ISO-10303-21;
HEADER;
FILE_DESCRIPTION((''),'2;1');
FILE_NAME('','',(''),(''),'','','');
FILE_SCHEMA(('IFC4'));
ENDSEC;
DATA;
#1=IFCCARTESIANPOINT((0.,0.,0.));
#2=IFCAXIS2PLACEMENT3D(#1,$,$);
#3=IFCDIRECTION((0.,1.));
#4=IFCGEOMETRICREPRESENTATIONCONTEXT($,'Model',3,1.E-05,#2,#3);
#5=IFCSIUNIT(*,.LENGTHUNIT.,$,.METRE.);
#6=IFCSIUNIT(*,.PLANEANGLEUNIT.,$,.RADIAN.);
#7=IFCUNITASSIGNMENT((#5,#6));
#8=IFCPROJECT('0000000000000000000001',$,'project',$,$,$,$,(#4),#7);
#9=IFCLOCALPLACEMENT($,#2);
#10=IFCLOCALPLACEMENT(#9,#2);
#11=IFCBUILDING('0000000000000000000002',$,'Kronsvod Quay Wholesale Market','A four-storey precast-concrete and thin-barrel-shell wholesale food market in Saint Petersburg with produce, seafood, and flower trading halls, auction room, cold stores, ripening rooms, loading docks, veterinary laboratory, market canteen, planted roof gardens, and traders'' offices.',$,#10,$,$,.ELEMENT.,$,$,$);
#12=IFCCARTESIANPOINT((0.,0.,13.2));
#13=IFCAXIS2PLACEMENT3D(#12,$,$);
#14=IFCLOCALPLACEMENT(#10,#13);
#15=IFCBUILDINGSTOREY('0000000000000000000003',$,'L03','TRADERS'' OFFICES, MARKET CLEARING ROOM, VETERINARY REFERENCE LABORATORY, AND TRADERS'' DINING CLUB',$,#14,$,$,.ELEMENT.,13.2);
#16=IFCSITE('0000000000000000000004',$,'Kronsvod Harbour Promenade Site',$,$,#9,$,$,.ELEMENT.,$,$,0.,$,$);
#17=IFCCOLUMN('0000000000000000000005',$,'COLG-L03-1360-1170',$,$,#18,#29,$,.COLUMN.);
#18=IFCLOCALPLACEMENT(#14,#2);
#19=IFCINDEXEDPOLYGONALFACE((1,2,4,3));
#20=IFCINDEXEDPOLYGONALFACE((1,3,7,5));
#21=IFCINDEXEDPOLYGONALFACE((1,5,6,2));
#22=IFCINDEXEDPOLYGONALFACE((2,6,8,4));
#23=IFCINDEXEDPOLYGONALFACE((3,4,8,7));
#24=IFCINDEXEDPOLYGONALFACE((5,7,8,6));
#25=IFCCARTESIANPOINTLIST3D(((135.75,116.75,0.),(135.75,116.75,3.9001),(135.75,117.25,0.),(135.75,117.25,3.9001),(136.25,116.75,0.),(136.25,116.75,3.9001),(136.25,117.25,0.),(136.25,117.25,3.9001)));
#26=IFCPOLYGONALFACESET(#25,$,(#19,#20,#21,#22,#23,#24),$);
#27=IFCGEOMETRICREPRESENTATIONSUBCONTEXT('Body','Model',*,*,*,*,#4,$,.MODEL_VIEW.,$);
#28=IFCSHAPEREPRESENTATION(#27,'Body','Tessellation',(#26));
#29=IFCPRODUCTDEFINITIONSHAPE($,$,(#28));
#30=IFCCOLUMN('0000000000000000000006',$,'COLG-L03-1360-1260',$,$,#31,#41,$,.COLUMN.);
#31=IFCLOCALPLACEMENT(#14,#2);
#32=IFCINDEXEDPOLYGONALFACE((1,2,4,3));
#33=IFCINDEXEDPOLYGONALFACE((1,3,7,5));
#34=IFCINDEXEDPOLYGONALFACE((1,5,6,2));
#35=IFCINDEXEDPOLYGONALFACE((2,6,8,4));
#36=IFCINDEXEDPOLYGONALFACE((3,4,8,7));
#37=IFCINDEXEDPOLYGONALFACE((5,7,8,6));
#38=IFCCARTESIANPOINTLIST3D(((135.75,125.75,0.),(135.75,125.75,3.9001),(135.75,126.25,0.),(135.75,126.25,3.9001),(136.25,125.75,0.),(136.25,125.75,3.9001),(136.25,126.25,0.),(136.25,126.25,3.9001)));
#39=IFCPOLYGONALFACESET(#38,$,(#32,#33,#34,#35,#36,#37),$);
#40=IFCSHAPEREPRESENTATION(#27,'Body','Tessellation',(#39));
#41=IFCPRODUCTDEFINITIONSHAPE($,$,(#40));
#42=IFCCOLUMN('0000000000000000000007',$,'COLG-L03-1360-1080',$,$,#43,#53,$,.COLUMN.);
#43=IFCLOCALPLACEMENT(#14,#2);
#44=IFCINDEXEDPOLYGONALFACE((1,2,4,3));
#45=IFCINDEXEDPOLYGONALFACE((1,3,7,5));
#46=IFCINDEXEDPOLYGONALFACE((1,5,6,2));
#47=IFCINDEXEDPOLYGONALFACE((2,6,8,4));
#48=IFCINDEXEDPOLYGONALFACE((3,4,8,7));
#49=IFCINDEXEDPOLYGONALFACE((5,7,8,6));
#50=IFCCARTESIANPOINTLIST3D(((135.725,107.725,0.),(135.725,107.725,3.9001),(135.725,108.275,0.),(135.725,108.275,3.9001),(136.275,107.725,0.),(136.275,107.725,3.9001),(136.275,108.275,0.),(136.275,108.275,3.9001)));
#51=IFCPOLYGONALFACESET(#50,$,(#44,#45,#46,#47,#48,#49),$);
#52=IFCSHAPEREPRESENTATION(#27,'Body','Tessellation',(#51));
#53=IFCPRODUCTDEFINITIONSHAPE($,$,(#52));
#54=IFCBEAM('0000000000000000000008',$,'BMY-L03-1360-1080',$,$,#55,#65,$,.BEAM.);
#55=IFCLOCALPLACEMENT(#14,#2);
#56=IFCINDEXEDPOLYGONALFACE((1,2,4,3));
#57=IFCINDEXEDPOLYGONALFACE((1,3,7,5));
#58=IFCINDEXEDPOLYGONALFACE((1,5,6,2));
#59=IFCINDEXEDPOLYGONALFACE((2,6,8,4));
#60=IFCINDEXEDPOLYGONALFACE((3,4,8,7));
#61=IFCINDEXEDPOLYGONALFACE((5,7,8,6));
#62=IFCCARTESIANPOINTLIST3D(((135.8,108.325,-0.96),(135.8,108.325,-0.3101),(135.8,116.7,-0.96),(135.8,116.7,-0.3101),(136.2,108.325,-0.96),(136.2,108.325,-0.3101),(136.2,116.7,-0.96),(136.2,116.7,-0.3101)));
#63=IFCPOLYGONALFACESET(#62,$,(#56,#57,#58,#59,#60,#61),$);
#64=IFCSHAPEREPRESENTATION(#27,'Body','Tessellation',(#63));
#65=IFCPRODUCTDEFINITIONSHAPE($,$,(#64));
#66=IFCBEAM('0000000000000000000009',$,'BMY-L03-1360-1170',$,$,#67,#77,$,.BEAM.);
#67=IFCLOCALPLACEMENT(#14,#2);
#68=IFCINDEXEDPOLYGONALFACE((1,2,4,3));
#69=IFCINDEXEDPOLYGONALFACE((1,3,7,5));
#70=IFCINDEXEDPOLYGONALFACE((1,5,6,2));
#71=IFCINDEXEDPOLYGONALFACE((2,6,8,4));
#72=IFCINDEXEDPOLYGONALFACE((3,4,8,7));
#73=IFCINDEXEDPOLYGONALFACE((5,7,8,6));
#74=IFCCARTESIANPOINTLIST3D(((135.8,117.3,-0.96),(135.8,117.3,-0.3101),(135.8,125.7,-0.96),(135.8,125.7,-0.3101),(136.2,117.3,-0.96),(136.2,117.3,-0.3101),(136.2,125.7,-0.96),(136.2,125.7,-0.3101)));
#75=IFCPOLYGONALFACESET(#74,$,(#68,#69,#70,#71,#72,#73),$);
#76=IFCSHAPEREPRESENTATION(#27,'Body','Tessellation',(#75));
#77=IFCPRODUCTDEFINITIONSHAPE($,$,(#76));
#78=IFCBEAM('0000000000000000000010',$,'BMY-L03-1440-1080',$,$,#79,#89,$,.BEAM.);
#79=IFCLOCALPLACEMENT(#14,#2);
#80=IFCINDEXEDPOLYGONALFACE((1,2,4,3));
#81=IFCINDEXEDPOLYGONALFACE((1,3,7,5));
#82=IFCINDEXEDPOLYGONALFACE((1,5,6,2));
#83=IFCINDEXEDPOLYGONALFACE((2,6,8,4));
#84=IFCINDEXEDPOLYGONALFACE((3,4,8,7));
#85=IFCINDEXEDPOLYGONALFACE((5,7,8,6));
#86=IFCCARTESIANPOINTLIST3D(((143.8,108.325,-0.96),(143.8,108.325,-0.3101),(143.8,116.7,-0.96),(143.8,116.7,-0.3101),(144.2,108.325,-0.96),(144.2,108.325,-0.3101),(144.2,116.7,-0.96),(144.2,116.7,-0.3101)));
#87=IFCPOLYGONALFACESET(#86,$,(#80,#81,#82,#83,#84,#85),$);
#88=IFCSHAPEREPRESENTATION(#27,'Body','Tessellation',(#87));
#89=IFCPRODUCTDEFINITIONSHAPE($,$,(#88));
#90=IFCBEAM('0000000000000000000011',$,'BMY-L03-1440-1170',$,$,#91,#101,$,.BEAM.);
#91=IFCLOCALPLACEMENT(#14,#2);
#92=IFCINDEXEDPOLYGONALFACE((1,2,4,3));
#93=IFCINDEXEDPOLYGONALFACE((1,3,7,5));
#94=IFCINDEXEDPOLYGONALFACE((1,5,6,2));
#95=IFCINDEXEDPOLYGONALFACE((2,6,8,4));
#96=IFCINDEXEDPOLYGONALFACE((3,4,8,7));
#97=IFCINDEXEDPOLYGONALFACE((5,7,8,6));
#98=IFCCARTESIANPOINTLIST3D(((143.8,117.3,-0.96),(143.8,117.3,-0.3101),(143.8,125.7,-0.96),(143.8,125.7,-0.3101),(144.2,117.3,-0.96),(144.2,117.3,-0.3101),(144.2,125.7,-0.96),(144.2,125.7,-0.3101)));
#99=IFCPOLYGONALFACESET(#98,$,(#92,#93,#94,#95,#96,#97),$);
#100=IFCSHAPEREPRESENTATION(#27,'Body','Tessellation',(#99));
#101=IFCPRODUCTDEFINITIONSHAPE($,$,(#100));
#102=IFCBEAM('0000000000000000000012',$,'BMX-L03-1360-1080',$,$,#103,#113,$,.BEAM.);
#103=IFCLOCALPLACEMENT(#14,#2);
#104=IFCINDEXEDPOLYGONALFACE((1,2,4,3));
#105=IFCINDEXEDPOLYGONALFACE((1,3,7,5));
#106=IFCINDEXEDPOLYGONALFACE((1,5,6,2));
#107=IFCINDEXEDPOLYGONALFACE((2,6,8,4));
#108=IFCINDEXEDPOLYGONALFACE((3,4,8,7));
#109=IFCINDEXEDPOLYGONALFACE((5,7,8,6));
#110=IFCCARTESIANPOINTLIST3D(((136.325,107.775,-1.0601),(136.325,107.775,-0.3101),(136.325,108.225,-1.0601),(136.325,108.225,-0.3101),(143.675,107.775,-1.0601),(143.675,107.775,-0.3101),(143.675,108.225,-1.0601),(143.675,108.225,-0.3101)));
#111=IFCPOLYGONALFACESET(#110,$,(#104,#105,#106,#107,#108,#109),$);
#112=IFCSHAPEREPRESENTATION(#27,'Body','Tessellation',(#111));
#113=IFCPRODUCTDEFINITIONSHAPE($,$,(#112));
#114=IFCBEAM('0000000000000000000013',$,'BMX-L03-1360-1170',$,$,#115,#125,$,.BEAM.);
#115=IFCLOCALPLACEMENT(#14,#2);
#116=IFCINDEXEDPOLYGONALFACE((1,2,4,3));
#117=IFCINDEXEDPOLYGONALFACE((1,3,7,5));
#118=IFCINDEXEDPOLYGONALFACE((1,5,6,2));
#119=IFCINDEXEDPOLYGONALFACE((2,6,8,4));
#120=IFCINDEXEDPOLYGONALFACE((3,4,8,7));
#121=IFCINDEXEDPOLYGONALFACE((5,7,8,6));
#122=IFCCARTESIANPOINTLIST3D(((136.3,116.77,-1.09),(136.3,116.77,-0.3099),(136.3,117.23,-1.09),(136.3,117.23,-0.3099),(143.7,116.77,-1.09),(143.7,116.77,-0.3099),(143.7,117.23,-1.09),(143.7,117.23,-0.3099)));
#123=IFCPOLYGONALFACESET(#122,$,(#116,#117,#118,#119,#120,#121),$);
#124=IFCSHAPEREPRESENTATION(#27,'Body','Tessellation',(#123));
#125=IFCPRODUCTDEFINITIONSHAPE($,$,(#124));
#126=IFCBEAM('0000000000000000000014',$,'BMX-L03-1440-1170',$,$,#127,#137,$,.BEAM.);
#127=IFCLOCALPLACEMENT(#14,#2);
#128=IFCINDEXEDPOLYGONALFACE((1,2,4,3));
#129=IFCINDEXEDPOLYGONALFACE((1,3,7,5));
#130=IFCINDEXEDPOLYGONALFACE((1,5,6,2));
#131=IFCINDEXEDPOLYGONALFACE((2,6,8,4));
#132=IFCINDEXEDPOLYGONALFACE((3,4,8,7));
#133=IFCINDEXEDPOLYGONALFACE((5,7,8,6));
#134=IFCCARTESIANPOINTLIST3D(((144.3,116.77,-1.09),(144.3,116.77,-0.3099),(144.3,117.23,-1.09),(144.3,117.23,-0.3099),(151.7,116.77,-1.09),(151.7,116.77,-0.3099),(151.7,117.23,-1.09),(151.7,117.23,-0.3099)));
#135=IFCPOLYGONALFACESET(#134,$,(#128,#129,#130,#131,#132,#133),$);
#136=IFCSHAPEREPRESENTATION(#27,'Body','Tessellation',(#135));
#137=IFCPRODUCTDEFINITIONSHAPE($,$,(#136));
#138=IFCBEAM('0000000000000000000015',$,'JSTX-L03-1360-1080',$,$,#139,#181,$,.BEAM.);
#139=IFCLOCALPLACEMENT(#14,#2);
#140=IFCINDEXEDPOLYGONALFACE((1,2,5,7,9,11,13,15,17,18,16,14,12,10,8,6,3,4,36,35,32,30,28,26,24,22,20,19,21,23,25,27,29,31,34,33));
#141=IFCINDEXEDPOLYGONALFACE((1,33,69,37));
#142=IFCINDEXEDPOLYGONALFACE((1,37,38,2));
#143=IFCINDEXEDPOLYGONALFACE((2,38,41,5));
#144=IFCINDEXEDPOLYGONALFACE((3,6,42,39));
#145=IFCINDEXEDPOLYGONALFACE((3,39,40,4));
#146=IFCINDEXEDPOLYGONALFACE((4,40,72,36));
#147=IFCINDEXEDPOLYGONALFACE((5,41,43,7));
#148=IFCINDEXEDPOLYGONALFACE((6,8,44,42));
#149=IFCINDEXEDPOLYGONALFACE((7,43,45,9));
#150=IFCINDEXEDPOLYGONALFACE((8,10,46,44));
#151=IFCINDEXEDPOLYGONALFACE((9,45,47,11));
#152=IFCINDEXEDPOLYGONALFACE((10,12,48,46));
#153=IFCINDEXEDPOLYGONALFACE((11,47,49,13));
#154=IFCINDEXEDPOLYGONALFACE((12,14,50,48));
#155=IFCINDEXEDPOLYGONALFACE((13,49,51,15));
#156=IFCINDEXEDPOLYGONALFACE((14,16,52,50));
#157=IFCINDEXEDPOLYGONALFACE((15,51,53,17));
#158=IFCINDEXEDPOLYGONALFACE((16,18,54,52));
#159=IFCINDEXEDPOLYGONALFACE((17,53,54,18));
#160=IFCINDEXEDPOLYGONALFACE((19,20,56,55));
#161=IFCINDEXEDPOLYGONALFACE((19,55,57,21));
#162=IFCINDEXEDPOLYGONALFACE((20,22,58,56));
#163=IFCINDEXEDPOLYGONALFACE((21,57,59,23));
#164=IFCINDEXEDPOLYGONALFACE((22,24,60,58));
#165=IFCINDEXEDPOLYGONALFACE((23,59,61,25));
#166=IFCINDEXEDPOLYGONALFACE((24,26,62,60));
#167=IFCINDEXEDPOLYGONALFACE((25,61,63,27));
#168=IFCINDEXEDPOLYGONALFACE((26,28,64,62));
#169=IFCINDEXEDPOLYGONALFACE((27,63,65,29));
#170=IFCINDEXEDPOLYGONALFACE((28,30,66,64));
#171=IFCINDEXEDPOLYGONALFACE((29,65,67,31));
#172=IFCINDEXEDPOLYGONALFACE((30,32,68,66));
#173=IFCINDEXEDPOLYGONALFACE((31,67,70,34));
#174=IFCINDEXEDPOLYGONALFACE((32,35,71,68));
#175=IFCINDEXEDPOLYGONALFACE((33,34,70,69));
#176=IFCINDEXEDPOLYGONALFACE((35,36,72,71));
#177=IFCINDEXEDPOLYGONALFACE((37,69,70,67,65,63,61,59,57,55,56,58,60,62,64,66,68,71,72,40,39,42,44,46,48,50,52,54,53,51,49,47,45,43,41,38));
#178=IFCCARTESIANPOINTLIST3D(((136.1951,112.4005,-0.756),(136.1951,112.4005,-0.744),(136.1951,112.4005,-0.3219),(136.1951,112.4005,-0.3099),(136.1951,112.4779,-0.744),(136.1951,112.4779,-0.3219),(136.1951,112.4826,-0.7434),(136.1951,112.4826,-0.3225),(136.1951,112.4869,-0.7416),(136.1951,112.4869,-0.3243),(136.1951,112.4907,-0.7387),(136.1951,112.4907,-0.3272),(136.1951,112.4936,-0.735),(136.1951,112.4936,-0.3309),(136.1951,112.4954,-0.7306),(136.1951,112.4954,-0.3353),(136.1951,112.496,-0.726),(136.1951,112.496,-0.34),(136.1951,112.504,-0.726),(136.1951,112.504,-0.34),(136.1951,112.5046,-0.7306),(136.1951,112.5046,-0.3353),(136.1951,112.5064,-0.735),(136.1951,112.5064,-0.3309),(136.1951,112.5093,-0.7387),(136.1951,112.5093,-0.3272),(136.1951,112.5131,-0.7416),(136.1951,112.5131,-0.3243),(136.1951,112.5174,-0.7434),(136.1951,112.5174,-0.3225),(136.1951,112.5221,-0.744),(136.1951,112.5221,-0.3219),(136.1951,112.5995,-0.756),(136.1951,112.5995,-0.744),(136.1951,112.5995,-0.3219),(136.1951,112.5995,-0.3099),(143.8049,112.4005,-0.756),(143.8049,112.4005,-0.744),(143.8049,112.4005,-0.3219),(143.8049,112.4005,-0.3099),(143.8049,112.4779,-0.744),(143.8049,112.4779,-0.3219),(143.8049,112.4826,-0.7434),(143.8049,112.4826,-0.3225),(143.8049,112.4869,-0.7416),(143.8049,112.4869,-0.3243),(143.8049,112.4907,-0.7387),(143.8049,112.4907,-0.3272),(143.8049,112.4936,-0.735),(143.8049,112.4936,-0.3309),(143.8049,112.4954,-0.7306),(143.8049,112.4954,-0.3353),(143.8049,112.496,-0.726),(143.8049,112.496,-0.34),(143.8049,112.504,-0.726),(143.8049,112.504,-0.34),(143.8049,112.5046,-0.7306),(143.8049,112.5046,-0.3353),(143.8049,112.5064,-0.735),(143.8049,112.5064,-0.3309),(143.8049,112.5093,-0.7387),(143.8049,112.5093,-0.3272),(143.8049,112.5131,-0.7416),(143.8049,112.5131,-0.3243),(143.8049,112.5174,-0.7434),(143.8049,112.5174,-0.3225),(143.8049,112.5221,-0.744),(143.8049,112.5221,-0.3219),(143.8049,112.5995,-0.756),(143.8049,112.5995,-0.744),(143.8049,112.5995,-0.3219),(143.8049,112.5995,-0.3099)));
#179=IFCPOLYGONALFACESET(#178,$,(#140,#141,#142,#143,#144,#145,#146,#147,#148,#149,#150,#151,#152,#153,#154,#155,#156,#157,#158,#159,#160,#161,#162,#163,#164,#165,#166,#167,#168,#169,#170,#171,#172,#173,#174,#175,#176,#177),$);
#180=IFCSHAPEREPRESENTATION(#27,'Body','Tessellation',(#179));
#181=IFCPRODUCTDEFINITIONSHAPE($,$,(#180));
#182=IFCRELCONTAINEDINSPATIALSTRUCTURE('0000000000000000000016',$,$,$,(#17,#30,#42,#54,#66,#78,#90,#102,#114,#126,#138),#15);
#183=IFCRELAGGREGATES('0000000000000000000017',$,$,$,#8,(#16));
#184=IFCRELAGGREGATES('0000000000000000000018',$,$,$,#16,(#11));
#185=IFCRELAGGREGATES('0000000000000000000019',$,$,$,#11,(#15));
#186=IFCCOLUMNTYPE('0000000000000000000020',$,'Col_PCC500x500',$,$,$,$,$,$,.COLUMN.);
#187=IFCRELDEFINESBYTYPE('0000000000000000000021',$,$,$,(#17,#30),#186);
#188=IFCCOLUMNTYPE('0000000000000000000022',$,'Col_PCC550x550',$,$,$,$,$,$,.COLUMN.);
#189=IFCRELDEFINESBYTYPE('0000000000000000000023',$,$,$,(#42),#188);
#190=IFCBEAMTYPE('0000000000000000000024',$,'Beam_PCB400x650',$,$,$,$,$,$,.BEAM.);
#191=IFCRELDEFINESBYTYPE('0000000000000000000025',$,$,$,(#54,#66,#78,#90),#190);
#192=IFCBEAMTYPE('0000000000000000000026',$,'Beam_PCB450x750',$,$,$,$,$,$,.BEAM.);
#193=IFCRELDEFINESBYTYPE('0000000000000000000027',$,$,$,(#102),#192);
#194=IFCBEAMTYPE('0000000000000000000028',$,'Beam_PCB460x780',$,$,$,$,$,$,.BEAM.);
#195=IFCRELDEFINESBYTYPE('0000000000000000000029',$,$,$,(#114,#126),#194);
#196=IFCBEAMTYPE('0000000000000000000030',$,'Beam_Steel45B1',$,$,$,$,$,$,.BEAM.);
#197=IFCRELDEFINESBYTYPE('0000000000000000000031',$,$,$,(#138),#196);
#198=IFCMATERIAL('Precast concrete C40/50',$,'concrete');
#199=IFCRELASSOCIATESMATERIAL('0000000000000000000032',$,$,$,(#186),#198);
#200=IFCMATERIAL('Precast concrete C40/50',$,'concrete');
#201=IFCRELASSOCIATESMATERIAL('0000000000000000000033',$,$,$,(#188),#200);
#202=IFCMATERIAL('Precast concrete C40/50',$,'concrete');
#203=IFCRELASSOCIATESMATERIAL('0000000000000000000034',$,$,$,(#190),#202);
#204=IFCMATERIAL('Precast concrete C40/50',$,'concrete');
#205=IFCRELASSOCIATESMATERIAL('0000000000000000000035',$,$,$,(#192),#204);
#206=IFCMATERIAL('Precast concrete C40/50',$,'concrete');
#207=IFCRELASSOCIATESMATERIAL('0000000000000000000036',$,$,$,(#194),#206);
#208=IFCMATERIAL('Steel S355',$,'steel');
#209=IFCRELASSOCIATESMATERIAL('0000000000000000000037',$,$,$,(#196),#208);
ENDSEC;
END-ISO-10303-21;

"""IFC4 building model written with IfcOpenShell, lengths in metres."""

from ifc_helpers import new_model, si_unit, direction, frame, origin, origin_2d, place, context, subcontext, project, spatial, rectangle, i_section, extrude, material, material_profile, profile_set, type_object, element, save


model = new_model("IFC4")

# Units and contexts
model_context = context("Model", 3, precision=1e-05, world=origin(), true_north=direction((0.0, 1.0)))
body_context = subcontext(model_context, "Body", "Model", "MODEL_VIEW")
ifc_project = project(units=[si_unit("LENGTHUNIT", "METRE"), si_unit("PLANEANGLEUNIT", "RADIAN")], contexts=[model_context])

# Site, building, storey
site_placement = place(None, origin())
site = spatial("IfcSite", under=ifc_project, at=site_placement, Name="Kronsvod Harbour Promenade Site", CompositionType="ELEMENT", RefElevation=0.0)
building_placement = place(site_placement, origin())
building = spatial("IfcBuilding", under=site, at=building_placement, Name="Kronsvod Quay Wholesale Market", Description="A four-storey precast-concrete and thin-barrel-shell wholesale food market in Saint Petersburg with produce, seafood, and flower trading halls, auction room, cold stores, ripening rooms, loading docks, veterinary laboratory, market canteen, planted roof gardens, and traders' offices.", CompositionType="ELEMENT")
storey_placement = place(building_placement, frame((0.0, 0.0, 13.2)))
storey = spatial("IfcBuildingStorey", under=building, at=storey_placement, Name="L03", Description="TRADERS' OFFICES, MARKET CLEARING ROOM, VETERINARY REFERENCE LABORATORY, AND TRADERS' DINING CLUB", CompositionType="ELEMENT", Elevation=13.2)

# Columns
ifc_material_1 = material(Name="Precast concrete C40/50", Category="concrete")
ifc_material_profile_1 = material_profile(ifc_material_1, rectangle(XDim=0.5, YDim=0.5, at=origin_2d()), Name="PCC500x500")
ifc_profile_set_1 = profile_set([ifc_material_profile_1], Name="Precast concrete C40/50")
column_type_1 = type_object("IfcColumnType", Name="Col_PCC500x500", PredefinedType="COLUMN", material=ifc_profile_set_1)
for number, where, z_axis, x_axis, name in (
    (1, (136.0, 117.0, 0.0), (0.0, 0.0, 1.0), (1.0, 0.0, 0.0), "COLG-L03-1360-1170"),
    (2, (136.0, 126.0, 0.0), (0.0, 0.0, 1.0), (1.0, 0.0, 0.0), "COLG-L03-1360-1260"),
):
    element("IfcColumn", number, at=place(storey_placement, frame(where, z_axis=z_axis, x_axis=x_axis)), inside=storey, type_object=column_type_1, Name=name, PredefinedType="COLUMN", context=body_context, shape_type="SweptSolid", body=[
        extrude(rectangle(XDim=0.5, YDim=0.5, at=origin_2d()), origin(), (0.0, 0.0, 1.0), 3.9001),
    ])
ifc_material_2 = material(Name="Precast concrete C40/50", Category="concrete")
ifc_material_profile_2 = material_profile(ifc_material_2, rectangle(XDim=0.55, YDim=0.55, at=origin_2d()), Name="COL-09")
ifc_profile_set_2 = profile_set([ifc_material_profile_2], Name="Precast concrete C40/50")
column_type_2 = type_object("IfcColumnType", Name="Col_PCC550x550", PredefinedType="COLUMN", material=ifc_profile_set_2)
column_placement = place(storey_placement, frame((136.0, 108.0, 0.0), z_axis=(0.0, 0.0, 1.0), x_axis=(1.0, 0.0, 0.0)))
element("IfcColumn", 3, at=column_placement, inside=storey, type_object=column_type_2, Name="COLG-L03-1360-1080", PredefinedType="COLUMN", context=body_context, shape_type="SweptSolid", body=[
    extrude(rectangle(XDim=0.55, YDim=0.55, at=origin_2d()), origin(), (0.0, 0.0, 1.0), 3.9001),
])

# Beams
ifc_material_3 = material(Name="Precast concrete C40/50", Category="concrete")
ifc_material_profile_3 = material_profile(ifc_material_3, rectangle(XDim=0.3999, YDim=0.6499, at=origin_2d()), Name="PCB400x650")
ifc_profile_set_3 = profile_set([ifc_material_profile_3], Name="Precast concrete C40/50")
beam_type_1 = type_object("IfcBeamType", Name="Beam_PCB400x650", PredefinedType="BEAM", material=ifc_profile_set_3)
beam_1_placement = place(storey_placement, frame((136.0, 108.325, -0.635), z_axis=(0.0, 1.0, 0.0), x_axis=(-1.0, 0.0, 0.0)))
element("IfcBeam", 4, at=beam_1_placement, inside=storey, type_object=beam_type_1, Name="BMY-L03-1360-1080", PredefinedType="BEAM", context=body_context, shape_type="SweptSolid", body=[
    extrude(rectangle(XDim=0.3999, YDim=0.6499, at=origin_2d()), origin(), (0.0, 0.0, 1.0), 8.375),
])
beam_2_placement = place(storey_placement, frame((136.0, 117.3, -0.635), z_axis=(0.0, 1.0, 0.0), x_axis=(-1.0, 0.0, 0.0)))
element("IfcBeam", 5, at=beam_2_placement, inside=storey, type_object=beam_type_1, Name="BMY-L03-1360-1170", PredefinedType="BEAM", context=body_context, shape_type="SweptSolid", body=[
    extrude(rectangle(XDim=0.3999, YDim=0.6499, at=origin_2d()), origin(), (0.0, 0.0, 1.0), 8.3999),
])
beam_3_placement = place(storey_placement, frame((144.0, 108.325, -0.635), z_axis=(0.0, 1.0, 0.0), x_axis=(-1.0, 0.0, 0.0)))
element("IfcBeam", 6, at=beam_3_placement, inside=storey, type_object=beam_type_1, Name="BMY-L03-1440-1080", PredefinedType="BEAM", context=body_context, shape_type="SweptSolid", body=[
    extrude(rectangle(XDim=0.3999, YDim=0.6499, at=origin_2d()), origin(), (0.0, 0.0, 1.0), 8.375),
])
beam_4_placement = place(storey_placement, frame((144.0, 117.3, -0.635), z_axis=(0.0, 1.0, 0.0), x_axis=(-1.0, 0.0, 0.0)))
element("IfcBeam", 7, at=beam_4_placement, inside=storey, type_object=beam_type_1, Name="BMY-L03-1440-1170", PredefinedType="BEAM", context=body_context, shape_type="SweptSolid", body=[
    extrude(rectangle(XDim=0.3999, YDim=0.6499, at=origin_2d()), origin(), (0.0, 0.0, 1.0), 8.3999),
])
ifc_material_4 = material(Name="Precast concrete C40/50", Category="concrete")
ifc_material_profile_4 = material_profile(ifc_material_4, rectangle(XDim=0.45, YDim=0.75, at=origin_2d()), Name="PCB450x750")
ifc_profile_set_4 = profile_set([ifc_material_profile_4], Name="Precast concrete C40/50")
beam_type_2 = type_object("IfcBeamType", Name="Beam_PCB450x750", PredefinedType="BEAM", material=ifc_profile_set_4)
beam_5_placement = place(storey_placement, frame((136.325, 108.0, -0.6851), z_axis=(1.0, 0.0, 0.0), x_axis=(0.0, 1.0, 0.0)))
element("IfcBeam", 8, at=beam_5_placement, inside=storey, type_object=beam_type_2, Name="BMX-L03-1360-1080", PredefinedType="BEAM", context=body_context, shape_type="SweptSolid", body=[
    extrude(rectangle(XDim=0.45, YDim=0.75, at=origin_2d()), origin(), (0.0, 0.0, 1.0), 7.3501),
])
ifc_material_5 = material(Name="Precast concrete C40/50", Category="concrete")
ifc_material_profile_5 = material_profile(ifc_material_5, rectangle(XDim=0.46, YDim=0.78, at=origin_2d()), Name="PB-03")
ifc_profile_set_5 = profile_set([ifc_material_profile_5], Name="Precast concrete C40/50")
beam_type_3 = type_object("IfcBeamType", Name="Beam_PCB460x780", PredefinedType="BEAM", material=ifc_profile_set_5)
for number, where, z_axis, x_axis, name in (
    (9, (136.3, 117.0, -0.7), (1.0, 0.0, 0.0), (0.0, 1.0, 0.0), "BMX-L03-1360-1170"),
    (10, (144.3, 117.0, -0.7), (1.0, 0.0, 0.0), (0.0, 1.0, 0.0), "BMX-L03-1440-1170"),
):
    element("IfcBeam", number, at=place(storey_placement, frame(where, z_axis=z_axis, x_axis=x_axis)), inside=storey, type_object=beam_type_3, Name=name, PredefinedType="BEAM", context=body_context, shape_type="SweptSolid", body=[
        extrude(rectangle(XDim=0.46, YDim=0.78, at=origin_2d()), origin(), (0.0, 0.0, 1.0), 7.3999),
    ])
ifc_material_6 = material(Name="Steel S355", Category="steel")
ifc_material_profile_6 = material_profile(ifc_material_6, i_section(OverallWidth=0.199, OverallDepth=0.446, WebThickness=0.0081, FlangeThickness=0.012, FilletRadius=0.0181, at=origin_2d()), Name="45B1")
ifc_profile_set_6 = profile_set([ifc_material_profile_6], Name="Steel S355")
beam_type_4 = type_object("IfcBeamType", Name="Beam_Steel45B1", PredefinedType="BEAM", material=ifc_profile_set_6)
for number, where, z_axis, x_axis, name in (
    (11, (136.1951, 112.5, -0.533), (1.0, 0.0, 0.0), (0.0, 1.0, 0.0), "JSTX-L03-1360-1080"),
):
    element("IfcBeam", number, at=place(storey_placement, frame(where, z_axis=z_axis, x_axis=x_axis)), inside=storey, type_object=beam_type_4, Name=name, PredefinedType="BEAM", context=body_context, shape_type="SweptSolid", body=[
        extrude(i_section(OverallWidth=0.199, OverallDepth=0.446, WebThickness=0.0081, FlangeThickness=0.012, FilletRadius=0.0181, at=origin_2d()), origin(), (0.0, 0.0, 1.0), 7.6099),
    ])

save(model, "model.ifc")
